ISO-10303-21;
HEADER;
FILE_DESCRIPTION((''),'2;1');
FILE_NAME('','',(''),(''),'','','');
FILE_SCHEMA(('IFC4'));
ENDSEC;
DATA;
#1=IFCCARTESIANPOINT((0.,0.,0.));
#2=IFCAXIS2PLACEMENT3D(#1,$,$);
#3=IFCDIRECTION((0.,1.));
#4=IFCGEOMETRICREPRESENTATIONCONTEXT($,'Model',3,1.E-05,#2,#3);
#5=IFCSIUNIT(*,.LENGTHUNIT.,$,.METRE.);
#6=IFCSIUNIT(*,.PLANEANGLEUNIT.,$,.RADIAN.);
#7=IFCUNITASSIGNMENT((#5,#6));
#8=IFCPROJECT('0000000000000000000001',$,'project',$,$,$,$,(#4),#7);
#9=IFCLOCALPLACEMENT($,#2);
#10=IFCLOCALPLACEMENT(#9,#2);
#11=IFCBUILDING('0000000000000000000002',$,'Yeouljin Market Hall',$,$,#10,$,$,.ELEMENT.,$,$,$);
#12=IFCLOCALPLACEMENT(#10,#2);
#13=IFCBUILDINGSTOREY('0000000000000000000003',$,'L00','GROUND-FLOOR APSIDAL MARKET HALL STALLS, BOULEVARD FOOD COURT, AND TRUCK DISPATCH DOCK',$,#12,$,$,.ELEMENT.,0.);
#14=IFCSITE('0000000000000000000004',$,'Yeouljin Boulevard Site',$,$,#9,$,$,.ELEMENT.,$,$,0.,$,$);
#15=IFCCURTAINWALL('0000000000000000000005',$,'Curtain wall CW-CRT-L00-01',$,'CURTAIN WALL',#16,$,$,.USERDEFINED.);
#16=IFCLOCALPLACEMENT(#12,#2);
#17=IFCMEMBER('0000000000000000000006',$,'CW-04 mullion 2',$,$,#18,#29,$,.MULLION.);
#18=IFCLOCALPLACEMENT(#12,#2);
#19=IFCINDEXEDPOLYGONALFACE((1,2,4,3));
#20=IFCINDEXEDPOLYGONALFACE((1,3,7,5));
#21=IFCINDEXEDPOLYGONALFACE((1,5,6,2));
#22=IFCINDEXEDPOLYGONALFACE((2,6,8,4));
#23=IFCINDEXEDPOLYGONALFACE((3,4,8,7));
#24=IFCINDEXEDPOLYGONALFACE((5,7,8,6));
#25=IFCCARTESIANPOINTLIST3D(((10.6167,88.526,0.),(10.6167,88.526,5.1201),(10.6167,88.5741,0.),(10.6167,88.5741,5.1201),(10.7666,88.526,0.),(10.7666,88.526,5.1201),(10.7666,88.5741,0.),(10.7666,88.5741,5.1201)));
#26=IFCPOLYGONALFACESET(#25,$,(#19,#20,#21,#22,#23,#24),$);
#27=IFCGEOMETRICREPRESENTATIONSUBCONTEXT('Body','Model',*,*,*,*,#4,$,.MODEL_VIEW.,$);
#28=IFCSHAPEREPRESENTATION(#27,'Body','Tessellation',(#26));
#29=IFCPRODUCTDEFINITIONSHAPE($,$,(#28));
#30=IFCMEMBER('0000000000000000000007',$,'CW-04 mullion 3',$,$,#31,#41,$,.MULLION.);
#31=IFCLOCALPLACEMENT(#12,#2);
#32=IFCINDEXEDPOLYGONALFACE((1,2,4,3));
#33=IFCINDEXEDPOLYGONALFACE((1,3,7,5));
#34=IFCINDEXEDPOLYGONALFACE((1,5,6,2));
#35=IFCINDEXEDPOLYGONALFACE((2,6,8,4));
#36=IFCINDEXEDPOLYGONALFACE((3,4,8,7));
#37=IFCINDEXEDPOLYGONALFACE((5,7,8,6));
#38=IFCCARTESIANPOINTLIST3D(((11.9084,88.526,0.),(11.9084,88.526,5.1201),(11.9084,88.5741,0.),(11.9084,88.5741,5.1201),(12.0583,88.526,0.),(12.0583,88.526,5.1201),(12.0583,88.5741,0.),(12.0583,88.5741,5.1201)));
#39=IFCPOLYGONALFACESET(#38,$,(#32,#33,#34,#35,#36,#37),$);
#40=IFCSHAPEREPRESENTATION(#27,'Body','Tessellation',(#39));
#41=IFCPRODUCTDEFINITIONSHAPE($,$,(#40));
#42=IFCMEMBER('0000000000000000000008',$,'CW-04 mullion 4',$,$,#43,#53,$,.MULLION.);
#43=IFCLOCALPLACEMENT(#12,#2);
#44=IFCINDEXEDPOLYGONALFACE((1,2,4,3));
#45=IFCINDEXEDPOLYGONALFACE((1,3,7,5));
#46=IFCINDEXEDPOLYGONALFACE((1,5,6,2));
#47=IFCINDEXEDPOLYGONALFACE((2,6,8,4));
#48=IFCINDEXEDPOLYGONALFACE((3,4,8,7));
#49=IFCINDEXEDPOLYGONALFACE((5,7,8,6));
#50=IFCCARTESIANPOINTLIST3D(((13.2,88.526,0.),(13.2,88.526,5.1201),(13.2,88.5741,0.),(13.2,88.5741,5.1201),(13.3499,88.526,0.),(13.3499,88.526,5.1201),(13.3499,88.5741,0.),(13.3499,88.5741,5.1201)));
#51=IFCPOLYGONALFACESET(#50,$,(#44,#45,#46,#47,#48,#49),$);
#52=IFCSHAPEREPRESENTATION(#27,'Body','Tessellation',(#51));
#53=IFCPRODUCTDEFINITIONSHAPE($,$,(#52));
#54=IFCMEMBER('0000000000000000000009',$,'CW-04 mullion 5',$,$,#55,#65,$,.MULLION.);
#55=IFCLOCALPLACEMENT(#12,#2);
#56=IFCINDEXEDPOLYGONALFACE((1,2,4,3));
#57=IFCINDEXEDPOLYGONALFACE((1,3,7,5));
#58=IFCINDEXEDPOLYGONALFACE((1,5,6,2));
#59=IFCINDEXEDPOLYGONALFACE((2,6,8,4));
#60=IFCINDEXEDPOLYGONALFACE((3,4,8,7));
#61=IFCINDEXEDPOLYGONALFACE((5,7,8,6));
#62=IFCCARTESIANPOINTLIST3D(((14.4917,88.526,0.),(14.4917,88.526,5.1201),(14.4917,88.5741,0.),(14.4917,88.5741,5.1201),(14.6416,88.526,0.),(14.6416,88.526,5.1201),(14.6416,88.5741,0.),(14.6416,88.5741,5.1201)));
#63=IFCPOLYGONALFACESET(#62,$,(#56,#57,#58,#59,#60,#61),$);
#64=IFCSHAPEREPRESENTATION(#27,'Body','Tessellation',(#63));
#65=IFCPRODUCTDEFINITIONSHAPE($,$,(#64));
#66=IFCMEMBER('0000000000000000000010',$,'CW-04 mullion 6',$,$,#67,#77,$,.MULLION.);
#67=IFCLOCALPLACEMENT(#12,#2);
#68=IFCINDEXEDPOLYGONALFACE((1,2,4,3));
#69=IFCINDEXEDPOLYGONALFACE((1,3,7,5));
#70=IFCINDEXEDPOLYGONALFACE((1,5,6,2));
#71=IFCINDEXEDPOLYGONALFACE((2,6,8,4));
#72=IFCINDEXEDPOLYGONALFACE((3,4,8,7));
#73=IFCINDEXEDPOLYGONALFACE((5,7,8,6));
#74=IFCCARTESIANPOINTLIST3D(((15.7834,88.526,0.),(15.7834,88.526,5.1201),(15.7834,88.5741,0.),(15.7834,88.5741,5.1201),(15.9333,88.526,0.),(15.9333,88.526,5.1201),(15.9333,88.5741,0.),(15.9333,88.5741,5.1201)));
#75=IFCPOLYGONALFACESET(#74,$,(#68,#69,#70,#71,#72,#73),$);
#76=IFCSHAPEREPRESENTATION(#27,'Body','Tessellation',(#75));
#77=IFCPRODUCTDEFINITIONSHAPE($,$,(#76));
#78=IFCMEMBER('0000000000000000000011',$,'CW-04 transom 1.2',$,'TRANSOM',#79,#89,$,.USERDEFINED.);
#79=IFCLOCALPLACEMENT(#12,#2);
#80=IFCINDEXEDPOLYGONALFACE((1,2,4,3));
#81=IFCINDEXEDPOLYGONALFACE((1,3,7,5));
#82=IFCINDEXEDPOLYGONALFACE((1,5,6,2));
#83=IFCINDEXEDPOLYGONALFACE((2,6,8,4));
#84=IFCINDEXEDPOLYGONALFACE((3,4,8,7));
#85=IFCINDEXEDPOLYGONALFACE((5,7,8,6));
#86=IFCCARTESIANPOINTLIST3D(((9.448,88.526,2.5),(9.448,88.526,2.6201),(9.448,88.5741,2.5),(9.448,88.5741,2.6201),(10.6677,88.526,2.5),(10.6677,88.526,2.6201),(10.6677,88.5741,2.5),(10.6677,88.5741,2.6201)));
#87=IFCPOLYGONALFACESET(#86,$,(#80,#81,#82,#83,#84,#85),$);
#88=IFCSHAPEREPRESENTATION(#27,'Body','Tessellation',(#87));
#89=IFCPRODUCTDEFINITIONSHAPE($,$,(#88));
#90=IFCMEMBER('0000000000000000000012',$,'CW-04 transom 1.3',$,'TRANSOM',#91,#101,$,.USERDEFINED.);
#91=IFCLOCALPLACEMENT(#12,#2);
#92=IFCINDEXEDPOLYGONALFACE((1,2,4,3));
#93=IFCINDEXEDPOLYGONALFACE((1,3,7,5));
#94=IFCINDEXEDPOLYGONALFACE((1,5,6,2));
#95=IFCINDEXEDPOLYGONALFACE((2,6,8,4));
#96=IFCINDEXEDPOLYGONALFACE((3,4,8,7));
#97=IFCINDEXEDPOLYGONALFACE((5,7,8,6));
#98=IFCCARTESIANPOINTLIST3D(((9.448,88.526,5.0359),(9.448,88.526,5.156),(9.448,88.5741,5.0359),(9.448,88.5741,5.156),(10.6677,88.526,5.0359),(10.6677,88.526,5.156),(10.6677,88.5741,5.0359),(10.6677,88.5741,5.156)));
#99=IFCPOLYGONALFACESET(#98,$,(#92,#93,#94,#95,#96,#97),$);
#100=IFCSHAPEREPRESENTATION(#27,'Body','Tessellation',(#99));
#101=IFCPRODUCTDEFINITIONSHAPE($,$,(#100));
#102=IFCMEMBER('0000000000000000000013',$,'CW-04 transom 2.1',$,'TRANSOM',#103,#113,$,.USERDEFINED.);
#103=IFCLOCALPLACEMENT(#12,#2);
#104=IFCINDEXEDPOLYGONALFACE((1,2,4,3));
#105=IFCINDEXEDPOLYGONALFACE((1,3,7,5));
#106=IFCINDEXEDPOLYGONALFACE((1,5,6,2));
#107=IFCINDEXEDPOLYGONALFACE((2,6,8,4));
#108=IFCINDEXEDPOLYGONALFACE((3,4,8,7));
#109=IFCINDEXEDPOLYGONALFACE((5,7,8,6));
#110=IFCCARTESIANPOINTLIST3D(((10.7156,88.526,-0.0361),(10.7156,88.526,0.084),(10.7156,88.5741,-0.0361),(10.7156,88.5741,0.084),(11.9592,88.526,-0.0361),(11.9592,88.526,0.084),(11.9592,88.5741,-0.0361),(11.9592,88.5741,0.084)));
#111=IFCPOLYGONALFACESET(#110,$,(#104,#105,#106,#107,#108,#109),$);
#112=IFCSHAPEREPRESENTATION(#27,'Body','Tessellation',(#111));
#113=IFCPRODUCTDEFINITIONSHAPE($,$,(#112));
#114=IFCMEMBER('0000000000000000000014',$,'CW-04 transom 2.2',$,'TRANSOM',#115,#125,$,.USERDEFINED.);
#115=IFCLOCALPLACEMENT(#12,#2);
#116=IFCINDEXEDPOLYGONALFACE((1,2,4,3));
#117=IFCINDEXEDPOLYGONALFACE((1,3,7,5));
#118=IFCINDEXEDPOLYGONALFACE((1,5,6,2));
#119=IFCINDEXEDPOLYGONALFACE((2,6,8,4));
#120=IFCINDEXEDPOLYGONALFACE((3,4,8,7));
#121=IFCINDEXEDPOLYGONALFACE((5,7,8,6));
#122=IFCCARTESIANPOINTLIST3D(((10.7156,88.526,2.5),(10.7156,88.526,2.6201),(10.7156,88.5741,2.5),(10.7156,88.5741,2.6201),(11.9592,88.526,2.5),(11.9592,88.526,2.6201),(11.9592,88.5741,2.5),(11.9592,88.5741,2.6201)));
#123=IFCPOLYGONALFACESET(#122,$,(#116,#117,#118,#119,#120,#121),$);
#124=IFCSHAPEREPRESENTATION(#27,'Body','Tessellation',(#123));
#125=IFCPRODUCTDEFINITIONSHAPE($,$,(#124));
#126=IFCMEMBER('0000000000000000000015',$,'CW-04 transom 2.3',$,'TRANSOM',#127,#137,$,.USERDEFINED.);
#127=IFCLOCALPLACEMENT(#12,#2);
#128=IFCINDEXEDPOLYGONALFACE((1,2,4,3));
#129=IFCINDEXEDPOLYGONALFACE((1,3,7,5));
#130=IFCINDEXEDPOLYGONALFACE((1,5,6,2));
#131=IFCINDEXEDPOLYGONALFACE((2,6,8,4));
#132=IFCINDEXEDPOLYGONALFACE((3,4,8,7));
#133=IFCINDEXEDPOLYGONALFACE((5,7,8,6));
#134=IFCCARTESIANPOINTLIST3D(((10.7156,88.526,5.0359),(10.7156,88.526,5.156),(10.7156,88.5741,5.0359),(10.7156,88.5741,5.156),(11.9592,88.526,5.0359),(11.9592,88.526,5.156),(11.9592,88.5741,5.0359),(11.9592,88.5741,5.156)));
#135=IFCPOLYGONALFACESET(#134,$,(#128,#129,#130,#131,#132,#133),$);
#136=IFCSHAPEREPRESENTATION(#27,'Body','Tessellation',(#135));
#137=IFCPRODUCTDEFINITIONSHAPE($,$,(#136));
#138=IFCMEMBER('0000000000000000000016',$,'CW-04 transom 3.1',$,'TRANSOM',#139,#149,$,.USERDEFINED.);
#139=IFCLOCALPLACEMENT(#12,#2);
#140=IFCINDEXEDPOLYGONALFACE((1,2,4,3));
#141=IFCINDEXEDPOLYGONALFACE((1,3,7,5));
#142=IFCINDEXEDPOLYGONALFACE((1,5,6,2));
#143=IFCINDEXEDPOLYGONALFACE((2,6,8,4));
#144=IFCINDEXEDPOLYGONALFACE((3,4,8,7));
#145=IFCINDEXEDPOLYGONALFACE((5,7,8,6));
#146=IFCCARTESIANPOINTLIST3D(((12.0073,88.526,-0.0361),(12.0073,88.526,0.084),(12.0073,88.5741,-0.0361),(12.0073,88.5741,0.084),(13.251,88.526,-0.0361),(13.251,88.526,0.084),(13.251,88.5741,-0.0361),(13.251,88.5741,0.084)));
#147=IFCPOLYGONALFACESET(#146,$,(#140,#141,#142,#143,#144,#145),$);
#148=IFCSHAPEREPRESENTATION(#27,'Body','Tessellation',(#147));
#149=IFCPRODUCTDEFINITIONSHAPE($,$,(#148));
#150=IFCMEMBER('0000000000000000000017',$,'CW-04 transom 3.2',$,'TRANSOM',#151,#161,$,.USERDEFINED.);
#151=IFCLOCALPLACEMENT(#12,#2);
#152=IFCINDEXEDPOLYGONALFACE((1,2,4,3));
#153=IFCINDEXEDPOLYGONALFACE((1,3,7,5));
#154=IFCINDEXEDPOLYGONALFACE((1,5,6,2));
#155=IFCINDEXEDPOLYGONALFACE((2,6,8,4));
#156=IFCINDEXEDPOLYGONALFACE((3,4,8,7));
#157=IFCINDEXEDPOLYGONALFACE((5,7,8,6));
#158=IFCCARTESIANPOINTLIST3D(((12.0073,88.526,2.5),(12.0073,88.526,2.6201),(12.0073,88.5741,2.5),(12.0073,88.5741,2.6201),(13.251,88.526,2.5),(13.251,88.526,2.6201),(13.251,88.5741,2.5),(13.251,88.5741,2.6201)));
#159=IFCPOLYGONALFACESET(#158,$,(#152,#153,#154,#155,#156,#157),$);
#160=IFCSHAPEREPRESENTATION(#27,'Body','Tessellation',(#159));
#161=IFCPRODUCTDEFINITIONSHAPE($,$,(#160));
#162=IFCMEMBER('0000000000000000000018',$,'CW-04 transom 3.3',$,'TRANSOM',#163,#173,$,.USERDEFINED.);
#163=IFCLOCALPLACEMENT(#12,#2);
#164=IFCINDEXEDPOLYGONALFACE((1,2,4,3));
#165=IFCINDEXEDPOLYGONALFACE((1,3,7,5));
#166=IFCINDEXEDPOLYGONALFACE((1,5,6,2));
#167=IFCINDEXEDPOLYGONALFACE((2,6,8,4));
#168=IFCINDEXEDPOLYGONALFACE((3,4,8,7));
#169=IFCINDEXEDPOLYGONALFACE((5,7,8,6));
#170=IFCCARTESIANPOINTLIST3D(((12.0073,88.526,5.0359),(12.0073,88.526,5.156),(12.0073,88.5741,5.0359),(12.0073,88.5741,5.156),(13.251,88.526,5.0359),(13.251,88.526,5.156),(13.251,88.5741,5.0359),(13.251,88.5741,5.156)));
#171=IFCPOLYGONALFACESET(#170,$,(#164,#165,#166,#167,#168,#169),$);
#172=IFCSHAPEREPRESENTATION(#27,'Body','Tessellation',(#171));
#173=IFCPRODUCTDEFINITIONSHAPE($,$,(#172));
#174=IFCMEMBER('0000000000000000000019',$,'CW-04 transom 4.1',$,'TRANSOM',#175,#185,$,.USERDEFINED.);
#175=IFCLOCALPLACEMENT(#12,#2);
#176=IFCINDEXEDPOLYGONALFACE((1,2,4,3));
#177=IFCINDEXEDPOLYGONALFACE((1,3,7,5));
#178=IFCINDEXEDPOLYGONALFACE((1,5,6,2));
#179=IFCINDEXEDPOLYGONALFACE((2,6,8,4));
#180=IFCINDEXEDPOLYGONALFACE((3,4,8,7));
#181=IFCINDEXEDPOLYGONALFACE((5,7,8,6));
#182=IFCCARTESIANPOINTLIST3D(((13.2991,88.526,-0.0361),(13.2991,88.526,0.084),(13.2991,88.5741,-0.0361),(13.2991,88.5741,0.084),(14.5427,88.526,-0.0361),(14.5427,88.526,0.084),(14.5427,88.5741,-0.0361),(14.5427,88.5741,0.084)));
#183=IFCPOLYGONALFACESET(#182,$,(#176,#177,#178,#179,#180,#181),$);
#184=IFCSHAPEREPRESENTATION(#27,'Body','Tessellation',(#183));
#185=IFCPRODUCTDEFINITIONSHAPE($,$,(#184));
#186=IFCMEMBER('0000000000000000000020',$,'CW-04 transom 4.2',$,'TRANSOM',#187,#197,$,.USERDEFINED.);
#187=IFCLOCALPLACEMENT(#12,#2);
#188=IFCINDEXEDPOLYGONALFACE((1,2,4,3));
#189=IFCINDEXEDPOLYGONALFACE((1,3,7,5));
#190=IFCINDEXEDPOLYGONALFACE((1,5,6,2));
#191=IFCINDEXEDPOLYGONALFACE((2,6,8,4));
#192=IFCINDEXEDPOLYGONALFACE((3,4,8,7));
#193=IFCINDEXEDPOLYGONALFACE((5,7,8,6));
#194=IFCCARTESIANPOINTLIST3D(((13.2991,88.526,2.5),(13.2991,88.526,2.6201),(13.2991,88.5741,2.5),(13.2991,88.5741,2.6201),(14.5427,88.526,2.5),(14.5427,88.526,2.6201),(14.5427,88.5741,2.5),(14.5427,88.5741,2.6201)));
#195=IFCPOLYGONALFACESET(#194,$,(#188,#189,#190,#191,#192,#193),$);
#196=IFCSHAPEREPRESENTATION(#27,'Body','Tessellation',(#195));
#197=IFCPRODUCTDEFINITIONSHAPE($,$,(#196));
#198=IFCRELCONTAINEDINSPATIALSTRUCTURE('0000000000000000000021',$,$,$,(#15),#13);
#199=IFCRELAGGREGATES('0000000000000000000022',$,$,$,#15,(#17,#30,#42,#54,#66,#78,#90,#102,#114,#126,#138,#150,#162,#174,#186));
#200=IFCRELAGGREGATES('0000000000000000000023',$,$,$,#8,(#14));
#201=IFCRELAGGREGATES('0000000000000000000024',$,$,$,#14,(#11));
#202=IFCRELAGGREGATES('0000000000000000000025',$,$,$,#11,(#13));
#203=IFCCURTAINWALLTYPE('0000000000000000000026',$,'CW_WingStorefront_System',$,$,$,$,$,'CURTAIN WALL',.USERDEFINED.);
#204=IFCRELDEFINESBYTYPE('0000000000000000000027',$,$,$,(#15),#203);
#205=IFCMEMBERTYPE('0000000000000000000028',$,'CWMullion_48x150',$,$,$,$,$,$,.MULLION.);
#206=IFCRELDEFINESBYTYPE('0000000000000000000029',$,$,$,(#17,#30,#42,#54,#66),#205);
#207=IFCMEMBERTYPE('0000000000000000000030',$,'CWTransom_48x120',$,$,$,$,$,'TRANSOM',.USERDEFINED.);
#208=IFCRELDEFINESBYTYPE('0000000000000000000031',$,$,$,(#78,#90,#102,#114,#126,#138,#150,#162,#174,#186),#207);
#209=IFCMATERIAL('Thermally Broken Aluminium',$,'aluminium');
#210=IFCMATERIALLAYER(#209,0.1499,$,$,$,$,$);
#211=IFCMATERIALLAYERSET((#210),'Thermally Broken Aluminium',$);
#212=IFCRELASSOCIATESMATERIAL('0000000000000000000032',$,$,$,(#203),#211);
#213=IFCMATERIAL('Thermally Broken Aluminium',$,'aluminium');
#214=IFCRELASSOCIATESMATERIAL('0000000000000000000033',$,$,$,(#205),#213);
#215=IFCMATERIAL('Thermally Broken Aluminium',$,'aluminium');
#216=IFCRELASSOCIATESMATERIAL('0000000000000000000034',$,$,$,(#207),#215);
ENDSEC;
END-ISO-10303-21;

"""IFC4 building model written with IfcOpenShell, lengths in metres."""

from ifc_helpers import new_model, si_unit, direction, frame, origin, origin_2d, place, context, subcontext, project, spatial, rectangle, extrude, material, layer, layer_set, material_profile, profile_set, type_object, element, aggregate, save


model = new_model("IFC4")

# Units and contexts
model_context = context("Model", 3, precision=1e-05, world=origin(), true_north=direction((0.0, 1.0)))
body_context = subcontext(model_context, "Body", "Model", "MODEL_VIEW")
ifc_project = project(units=[si_unit("LENGTHUNIT", "METRE"), si_unit("PLANEANGLEUNIT", "RADIAN")], contexts=[model_context])

# Site, building, storey
site_placement = place(None, origin())
site = spatial("IfcSite", under=ifc_project, at=site_placement, Name="Yeouljin Boulevard Site", CompositionType="ELEMENT", RefElevation=0.0)
building_placement = place(site_placement, origin())
building = spatial("IfcBuilding", under=site, at=building_placement, Name="Yeouljin Market Hall", CompositionType="ELEMENT")
storey_placement = place(building_placement, origin())
storey = spatial("IfcBuildingStorey", under=building, at=storey_placement, Name="L00", Description="GROUND-FLOOR APSIDAL MARKET HALL STALLS, BOULEVARD FOOD COURT, AND TRUCK DISPATCH DOCK", CompositionType="ELEMENT", Elevation=0.0)

# Curtain wall, members
ifc_material_1 = material(Name="Thermally Broken Aluminium", Category="aluminium")
ifc_layer_1 = layer(ifc_material_1, 0.1499)
ifc_layer_set_1 = layer_set([ifc_layer_1], Name="Thermally Broken Aluminium")
curtain_wall_type = type_object("IfcCurtainWallType", Name="CW_WingStorefront_System", ElementType="CURTAIN WALL", PredefinedType="USERDEFINED", material=ifc_layer_set_1)
curtain_wall_placement = place(storey_placement, origin())
curtain_wall = element("IfcCurtainWall", 1, at=curtain_wall_placement, inside=storey, type_object=curtain_wall_type, Name="Curtain wall CW-CRT-L00-01", ObjectType="CURTAIN WALL", PredefinedType="USERDEFINED")
ifc_material_2 = material(Name="Thermally Broken Aluminium", Category="aluminium")
ifc_material_profile_1 = material_profile(ifc_material_2, rectangle(XDim=0.0481, YDim=0.1499, at=origin_2d()), Name="CW-MULL-48x150")
ifc_profile_set_1 = profile_set([ifc_material_profile_1], Name="Thermally Broken Aluminium")
member_type_1 = type_object("IfcMemberType", Name="CWMullion_48x150", PredefinedType="MULLION", material=ifc_profile_set_1)
member_1_placement = place(storey_placement, frame((10.6917, 88.55, 0.0), z_axis=(0.0, 0.0, 1.0), x_axis=(0.0, 1.0, 0.0)))
member_1 = element("IfcMember", 2, at=member_1_placement, type_object=member_type_1, Name="CW-04 mullion 2", PredefinedType="MULLION", context=body_context, shape_type="SweptSolid", body=[
    extrude(rectangle(XDim=0.0481, YDim=0.1499, at=origin_2d()), origin(), (0.0, 0.0, 1.0), 5.1201),
])
member_2_placement = place(storey_placement, frame((11.9834, 88.55, 0.0), z_axis=(0.0, 0.0, 1.0), x_axis=(0.0, 1.0, 0.0)))
member_2 = element("IfcMember", 3, at=member_2_placement, type_object=member_type_1, Name="CW-04 mullion 3", PredefinedType="MULLION", context=body_context, shape_type="SweptSolid", body=[
    extrude(rectangle(XDim=0.0481, YDim=0.1499, at=origin_2d()), origin(), (0.0, 0.0, 1.0), 5.1201),
])
member_3_placement = place(storey_placement, frame((13.2749, 88.55, 0.0), z_axis=(0.0, 0.0, 1.0), x_axis=(0.0, 1.0, 0.0)))
member_3 = element("IfcMember", 4, at=member_3_placement, type_object=member_type_1, Name="CW-04 mullion 4", PredefinedType="MULLION", context=body_context, shape_type="SweptSolid", body=[
    extrude(rectangle(XDim=0.0481, YDim=0.1499, at=origin_2d()), origin(), (0.0, 0.0, 1.0), 5.1201),
])
member_4_placement = place(storey_placement, frame((14.5667, 88.55, 0.0), z_axis=(0.0, 0.0, 1.0), x_axis=(0.0, 1.0, 0.0)))
member_4 = element("IfcMember", 5, at=member_4_placement, type_object=member_type_1, Name="CW-04 mullion 5", PredefinedType="MULLION", context=body_context, shape_type="SweptSolid", body=[
    extrude(rectangle(XDim=0.0481, YDim=0.1499, at=origin_2d()), origin(), (0.0, 0.0, 1.0), 5.1201),
])
member_5_placement = place(storey_placement, frame((15.8584, 88.55, 0.0), z_axis=(0.0, 0.0, 1.0), x_axis=(0.0, 1.0, 0.0)))
member_5 = element("IfcMember", 6, at=member_5_placement, type_object=member_type_1, Name="CW-04 mullion 6", PredefinedType="MULLION", context=body_context, shape_type="SweptSolid", body=[
    extrude(rectangle(XDim=0.0481, YDim=0.1499, at=origin_2d()), origin(), (0.0, 0.0, 1.0), 5.1201),
])
ifc_material_3 = material(Name="Thermally Broken Aluminium", Category="aluminium")
ifc_material_profile_2 = material_profile(ifc_material_3, rectangle(XDim=0.0481, YDim=0.1201, at=origin_2d()), Name="CW-TRAN-48x120")
ifc_profile_set_2 = profile_set([ifc_material_profile_2], Name="Thermally Broken Aluminium")
member_type_2 = type_object("IfcMemberType", Name="CWTransom_48x120", ElementType="TRANSOM", PredefinedType="USERDEFINED", material=ifc_profile_set_2)
member_6_placement = place(storey_placement, frame((9.448, 88.55, 2.5601), z_axis=(1.0, 0.0, 0.0), x_axis=(0.0, 1.0, 0.0)))
member_6 = element("IfcMember", 7, at=member_6_placement, type_object=member_type_2, Name="CW-04 transom 1.2", ObjectType="TRANSOM", PredefinedType="USERDEFINED", context=body_context, shape_type="SweptSolid", body=[
    extrude(rectangle(XDim=0.0481, YDim=0.1201, at=origin_2d()), origin(), (0.0, 0.0, 1.0), 1.2197),
])
member_7_placement = place(storey_placement, frame((9.448, 88.55, 5.0959), z_axis=(1.0, 0.0, 0.0), x_axis=(0.0, 1.0, 0.0)))
member_7 = element("IfcMember", 8, at=member_7_placement, type_object=member_type_2, Name="CW-04 transom 1.3", ObjectType="TRANSOM", PredefinedType="USERDEFINED", context=body_context, shape_type="SweptSolid", body=[
    extrude(rectangle(XDim=0.0481, YDim=0.1201, at=origin_2d()), origin(), (0.0, 0.0, 1.0), 1.2197),
])
member_8_placement = place(storey_placement, frame((10.7156, 88.55, 0.0239), z_axis=(1.0, 0.0, 0.0), x_axis=(0.0, 1.0, 0.0)))
member_8 = element("IfcMember", 9, at=member_8_placement, type_object=member_type_2, Name="CW-04 transom 2.1", ObjectType="TRANSOM", PredefinedType="USERDEFINED", context=body_context, shape_type="SweptSolid", body=[
    extrude(rectangle(XDim=0.0481, YDim=0.1201, at=origin_2d()), origin(), (0.0, 0.0, 1.0), 1.2437),
])
member_9_placement = place(storey_placement, frame((10.7156, 88.55, 2.5601), z_axis=(1.0, 0.0, 0.0), x_axis=(0.0, 1.0, 0.0)))
member_9 = element("IfcMember", 10, at=member_9_placement, type_object=member_type_2, Name="CW-04 transom 2.2", ObjectType="TRANSOM", PredefinedType="USERDEFINED", context=body_context, shape_type="SweptSolid", body=[
    extrude(rectangle(XDim=0.0481, YDim=0.1201, at=origin_2d()), origin(), (0.0, 0.0, 1.0), 1.2437),
])
member_10_placement = place(storey_placement, frame((10.7156, 88.55, 5.0959), z_axis=(1.0, 0.0, 0.0), x_axis=(0.0, 1.0, 0.0)))
member_10 = element("IfcMember", 11, at=member_10_placement, type_object=member_type_2, Name="CW-04 transom 2.3", ObjectType="TRANSOM", PredefinedType="USERDEFINED", context=body_context, shape_type="SweptSolid", body=[
    extrude(rectangle(XDim=0.0481, YDim=0.1201, at=origin_2d()), origin(), (0.0, 0.0, 1.0), 1.2437),
])
member_11_placement = place(storey_placement, frame((12.0073, 88.55, 0.0239), z_axis=(1.0, 0.0, 0.0), x_axis=(0.0, 1.0, 0.0)))
member_11 = element("IfcMember", 12, at=member_11_placement, type_object=member_type_2, Name="CW-04 transom 3.1", ObjectType="TRANSOM", PredefinedType="USERDEFINED", context=body_context, shape_type="SweptSolid", body=[
    extrude(rectangle(XDim=0.0481, YDim=0.1201, at=origin_2d()), origin(), (0.0, 0.0, 1.0), 1.2437),
])
member_12_placement = place(storey_placement, frame((12.0073, 88.55, 2.5601), z_axis=(1.0, 0.0, 0.0), x_axis=(0.0, 1.0, 0.0)))
member_12 = element("IfcMember", 13, at=member_12_placement, type_object=member_type_2, Name="CW-04 transom 3.2", ObjectType="TRANSOM", PredefinedType="USERDEFINED", context=body_context, shape_type="SweptSolid", body=[
    extrude(rectangle(XDim=0.0481, YDim=0.1201, at=origin_2d()), origin(), (0.0, 0.0, 1.0), 1.2437),
])
member_13_placement = place(storey_placement, frame((12.0073, 88.55, 5.0959), z_axis=(1.0, 0.0, 0.0), x_axis=(0.0, 1.0, 0.0)))
member_13 = element("IfcMember", 14, at=member_13_placement, type_object=member_type_2, Name="CW-04 transom 3.3", ObjectType="TRANSOM", PredefinedType="USERDEFINED", context=body_context, shape_type="SweptSolid", body=[
    extrude(rectangle(XDim=0.0481, YDim=0.1201, at=origin_2d()), origin(), (0.0, 0.0, 1.0), 1.2437),
])
member_14_placement = place(storey_placement, frame((13.2991, 88.55, 0.0239), z_axis=(1.0, 0.0, 0.0), x_axis=(0.0, 1.0, 0.0)))
member_14 = element("IfcMember", 15, at=member_14_placement, type_object=member_type_2, Name="CW-04 transom 4.1", ObjectType="TRANSOM", PredefinedType="USERDEFINED", context=body_context, shape_type="SweptSolid", body=[
    extrude(rectangle(XDim=0.0481, YDim=0.1201, at=origin_2d()), origin(), (0.0, 0.0, 1.0), 1.2437),
])
member_15_placement = place(storey_placement, frame((13.2991, 88.55, 2.5601), z_axis=(1.0, 0.0, 0.0), x_axis=(0.0, 1.0, 0.0)))
member_15 = element("IfcMember", 16, at=member_15_placement, type_object=member_type_2, Name="CW-04 transom 4.2", ObjectType="TRANSOM", PredefinedType="USERDEFINED", context=body_context, shape_type="SweptSolid", body=[
    extrude(rectangle(XDim=0.0481, YDim=0.1201, at=origin_2d()), origin(), (0.0, 0.0, 1.0), 1.2437),
])
aggregate(curtain_wall, [member_1, member_2, member_3, member_4, member_5, member_6, member_7, member_8, member_9, member_10, member_11, member_12, member_13, member_14, member_15])

save(model, "model.ifc")
